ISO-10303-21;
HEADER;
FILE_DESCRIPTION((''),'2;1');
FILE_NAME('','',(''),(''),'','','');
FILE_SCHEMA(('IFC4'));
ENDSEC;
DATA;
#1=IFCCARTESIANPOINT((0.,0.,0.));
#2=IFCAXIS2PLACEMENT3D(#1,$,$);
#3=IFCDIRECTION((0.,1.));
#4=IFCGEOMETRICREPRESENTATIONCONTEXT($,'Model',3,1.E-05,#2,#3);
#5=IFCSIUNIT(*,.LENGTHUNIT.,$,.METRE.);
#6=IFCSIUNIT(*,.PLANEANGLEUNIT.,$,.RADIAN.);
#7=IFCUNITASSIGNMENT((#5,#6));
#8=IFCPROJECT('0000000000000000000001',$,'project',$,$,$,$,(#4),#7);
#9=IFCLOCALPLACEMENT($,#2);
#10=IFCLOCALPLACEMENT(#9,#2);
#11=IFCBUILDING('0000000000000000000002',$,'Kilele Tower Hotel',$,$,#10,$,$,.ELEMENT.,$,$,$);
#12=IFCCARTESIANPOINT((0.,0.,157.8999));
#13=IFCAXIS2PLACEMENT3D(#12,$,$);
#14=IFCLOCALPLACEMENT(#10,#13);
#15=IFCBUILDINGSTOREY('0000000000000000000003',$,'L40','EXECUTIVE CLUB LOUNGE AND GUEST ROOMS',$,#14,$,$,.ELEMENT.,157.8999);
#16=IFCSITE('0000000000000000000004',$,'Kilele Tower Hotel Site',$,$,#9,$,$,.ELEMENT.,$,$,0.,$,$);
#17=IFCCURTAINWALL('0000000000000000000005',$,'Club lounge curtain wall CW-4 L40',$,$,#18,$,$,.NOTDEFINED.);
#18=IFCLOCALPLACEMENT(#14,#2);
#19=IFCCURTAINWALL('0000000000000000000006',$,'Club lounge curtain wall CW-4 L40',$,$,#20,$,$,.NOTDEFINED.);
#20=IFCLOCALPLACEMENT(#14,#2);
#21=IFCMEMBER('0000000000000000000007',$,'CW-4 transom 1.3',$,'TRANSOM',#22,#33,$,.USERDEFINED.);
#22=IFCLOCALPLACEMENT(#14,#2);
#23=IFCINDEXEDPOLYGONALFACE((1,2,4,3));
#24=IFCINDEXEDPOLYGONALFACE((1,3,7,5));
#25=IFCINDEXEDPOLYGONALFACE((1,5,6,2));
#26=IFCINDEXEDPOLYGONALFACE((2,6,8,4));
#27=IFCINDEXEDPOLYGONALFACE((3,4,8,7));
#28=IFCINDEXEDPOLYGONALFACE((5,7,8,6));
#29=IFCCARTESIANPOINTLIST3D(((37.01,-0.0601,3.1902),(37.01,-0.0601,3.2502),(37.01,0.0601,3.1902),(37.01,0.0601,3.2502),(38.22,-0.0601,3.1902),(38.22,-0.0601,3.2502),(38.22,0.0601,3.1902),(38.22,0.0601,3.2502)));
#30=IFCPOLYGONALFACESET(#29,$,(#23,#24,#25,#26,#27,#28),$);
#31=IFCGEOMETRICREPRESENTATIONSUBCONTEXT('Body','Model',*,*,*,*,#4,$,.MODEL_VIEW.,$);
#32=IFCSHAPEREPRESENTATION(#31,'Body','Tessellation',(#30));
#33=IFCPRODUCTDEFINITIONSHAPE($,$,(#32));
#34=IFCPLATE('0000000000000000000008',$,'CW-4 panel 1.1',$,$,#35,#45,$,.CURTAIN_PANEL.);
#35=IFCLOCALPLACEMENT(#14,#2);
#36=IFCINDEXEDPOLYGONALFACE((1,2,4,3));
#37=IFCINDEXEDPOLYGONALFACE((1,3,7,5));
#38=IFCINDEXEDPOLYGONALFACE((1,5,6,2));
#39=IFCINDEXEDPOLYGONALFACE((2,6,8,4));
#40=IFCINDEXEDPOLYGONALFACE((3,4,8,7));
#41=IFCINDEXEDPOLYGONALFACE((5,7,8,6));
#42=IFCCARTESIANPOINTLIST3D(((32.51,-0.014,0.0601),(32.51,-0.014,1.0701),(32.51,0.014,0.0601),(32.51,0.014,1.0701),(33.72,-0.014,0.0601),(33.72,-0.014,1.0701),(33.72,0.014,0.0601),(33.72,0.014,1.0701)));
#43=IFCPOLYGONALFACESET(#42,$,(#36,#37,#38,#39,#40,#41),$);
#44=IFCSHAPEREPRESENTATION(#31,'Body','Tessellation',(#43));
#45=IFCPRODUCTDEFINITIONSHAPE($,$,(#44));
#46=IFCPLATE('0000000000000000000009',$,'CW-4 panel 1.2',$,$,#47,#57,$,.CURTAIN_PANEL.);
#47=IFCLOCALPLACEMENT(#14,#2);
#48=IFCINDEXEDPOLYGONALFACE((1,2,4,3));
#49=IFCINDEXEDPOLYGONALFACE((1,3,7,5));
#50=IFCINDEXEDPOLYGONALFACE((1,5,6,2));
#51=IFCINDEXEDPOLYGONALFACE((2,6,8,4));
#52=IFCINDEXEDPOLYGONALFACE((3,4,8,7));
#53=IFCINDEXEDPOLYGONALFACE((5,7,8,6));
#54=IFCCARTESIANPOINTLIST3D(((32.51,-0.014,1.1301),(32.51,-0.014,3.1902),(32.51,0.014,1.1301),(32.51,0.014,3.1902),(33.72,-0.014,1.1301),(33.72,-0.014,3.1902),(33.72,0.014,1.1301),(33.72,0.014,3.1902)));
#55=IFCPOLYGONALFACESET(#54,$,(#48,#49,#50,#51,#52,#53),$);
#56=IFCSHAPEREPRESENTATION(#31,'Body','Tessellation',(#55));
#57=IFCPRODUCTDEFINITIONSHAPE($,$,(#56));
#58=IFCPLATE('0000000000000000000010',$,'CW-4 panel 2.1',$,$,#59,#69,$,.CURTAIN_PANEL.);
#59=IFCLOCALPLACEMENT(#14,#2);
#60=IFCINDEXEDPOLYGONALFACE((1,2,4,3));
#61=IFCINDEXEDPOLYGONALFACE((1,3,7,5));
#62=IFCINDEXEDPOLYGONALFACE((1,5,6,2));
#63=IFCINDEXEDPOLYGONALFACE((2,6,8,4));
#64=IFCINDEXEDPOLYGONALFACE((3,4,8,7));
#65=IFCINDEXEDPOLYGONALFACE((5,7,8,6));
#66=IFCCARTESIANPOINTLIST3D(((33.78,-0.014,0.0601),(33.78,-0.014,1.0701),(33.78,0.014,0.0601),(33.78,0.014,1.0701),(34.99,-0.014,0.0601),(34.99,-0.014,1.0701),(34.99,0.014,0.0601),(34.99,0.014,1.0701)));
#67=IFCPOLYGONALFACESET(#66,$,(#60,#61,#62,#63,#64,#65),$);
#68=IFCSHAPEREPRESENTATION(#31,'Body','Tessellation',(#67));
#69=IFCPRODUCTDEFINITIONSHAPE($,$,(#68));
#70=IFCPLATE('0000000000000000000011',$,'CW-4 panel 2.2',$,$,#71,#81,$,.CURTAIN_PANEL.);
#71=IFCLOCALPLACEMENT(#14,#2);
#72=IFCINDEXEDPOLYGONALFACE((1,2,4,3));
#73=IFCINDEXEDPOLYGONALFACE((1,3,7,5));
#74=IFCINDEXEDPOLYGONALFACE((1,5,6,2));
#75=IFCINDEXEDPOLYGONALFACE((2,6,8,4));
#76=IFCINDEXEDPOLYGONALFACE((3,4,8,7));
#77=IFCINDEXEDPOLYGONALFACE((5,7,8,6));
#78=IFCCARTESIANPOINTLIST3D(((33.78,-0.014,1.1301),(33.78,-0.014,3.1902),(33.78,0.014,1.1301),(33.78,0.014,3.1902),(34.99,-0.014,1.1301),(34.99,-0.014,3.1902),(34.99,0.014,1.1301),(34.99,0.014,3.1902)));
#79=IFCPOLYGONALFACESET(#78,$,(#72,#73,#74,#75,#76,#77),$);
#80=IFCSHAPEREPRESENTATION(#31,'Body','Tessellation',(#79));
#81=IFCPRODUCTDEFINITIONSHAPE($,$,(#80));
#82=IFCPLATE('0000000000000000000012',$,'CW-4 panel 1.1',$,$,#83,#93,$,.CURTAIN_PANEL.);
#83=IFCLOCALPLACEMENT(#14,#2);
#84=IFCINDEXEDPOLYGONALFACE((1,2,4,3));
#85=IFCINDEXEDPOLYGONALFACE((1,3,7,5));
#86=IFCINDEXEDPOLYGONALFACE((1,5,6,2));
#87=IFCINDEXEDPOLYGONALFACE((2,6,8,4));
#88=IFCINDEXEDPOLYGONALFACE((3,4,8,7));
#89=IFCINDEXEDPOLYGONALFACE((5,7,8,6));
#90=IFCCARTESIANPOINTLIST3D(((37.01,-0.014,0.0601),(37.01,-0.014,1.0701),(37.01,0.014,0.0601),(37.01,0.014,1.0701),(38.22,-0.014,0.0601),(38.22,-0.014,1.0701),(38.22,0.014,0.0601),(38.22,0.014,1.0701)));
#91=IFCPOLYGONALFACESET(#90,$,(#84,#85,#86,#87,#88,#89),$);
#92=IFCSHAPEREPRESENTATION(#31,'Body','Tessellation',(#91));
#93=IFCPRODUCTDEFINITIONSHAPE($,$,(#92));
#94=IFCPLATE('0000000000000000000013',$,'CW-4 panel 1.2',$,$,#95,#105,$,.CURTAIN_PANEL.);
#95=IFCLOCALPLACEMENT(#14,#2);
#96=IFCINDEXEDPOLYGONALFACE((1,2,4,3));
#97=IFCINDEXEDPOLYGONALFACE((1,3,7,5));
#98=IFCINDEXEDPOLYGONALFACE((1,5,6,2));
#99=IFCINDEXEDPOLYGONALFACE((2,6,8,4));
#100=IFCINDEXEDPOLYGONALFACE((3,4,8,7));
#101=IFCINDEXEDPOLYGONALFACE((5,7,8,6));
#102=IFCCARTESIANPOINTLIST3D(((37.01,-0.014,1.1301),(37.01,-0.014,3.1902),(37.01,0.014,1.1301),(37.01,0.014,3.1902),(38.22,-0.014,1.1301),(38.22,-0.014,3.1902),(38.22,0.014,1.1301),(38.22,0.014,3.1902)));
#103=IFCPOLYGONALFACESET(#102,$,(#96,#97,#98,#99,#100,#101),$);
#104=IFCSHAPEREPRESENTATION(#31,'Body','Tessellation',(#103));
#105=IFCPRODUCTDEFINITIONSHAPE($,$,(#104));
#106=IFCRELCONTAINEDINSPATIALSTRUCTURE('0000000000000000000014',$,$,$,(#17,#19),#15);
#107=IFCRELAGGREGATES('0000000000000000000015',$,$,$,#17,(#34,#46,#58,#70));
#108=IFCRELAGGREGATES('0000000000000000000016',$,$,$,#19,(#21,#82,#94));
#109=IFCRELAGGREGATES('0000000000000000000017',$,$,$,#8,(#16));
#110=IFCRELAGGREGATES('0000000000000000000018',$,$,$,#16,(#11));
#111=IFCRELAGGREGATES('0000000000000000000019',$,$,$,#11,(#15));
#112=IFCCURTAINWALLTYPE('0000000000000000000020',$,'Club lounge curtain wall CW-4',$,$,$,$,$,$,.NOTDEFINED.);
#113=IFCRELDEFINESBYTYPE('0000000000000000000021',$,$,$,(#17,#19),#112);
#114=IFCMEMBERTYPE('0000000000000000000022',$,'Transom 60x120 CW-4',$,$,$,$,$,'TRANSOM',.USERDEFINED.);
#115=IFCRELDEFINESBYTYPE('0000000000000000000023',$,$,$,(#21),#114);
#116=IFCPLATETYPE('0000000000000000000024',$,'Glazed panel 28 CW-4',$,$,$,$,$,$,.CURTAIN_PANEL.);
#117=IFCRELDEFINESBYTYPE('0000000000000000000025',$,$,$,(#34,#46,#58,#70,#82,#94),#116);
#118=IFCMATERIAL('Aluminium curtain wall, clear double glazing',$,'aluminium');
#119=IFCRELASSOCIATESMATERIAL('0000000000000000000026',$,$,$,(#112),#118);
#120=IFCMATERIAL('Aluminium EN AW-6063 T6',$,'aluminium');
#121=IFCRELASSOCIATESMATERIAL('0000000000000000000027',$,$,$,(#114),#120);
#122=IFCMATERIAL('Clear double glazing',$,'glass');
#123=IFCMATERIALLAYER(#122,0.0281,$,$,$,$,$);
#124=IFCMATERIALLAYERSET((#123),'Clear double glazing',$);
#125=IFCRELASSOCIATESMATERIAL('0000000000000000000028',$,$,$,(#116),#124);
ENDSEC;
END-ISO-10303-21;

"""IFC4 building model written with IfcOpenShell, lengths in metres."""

from ifc_helpers import new_model, si_unit, direction, frame, origin, origin_2d, place, context, subcontext, project, spatial, rectangle, extrude, material, layer, layer_set, material_profile, profile_set, type_object, element, aggregate, save


model = new_model("IFC4")

# Units and contexts
model_context = context("Model", 3, precision=1e-05, world=origin(), true_north=direction((0.0, 1.0)))
body_context = subcontext(model_context, "Body", "Model", "MODEL_VIEW")
ifc_project = project(units=[si_unit("LENGTHUNIT", "METRE"), si_unit("PLANEANGLEUNIT", "RADIAN")], contexts=[model_context])

# Site, building, storey
site_placement = place(None, origin())
site = spatial("IfcSite", under=ifc_project, at=site_placement, Name="Kilele Tower Hotel Site", CompositionType="ELEMENT", RefElevation=0.0)
building_placement = place(site_placement, origin())
building = spatial("IfcBuilding", under=site, at=building_placement, Name="Kilele Tower Hotel", CompositionType="ELEMENT")
storey_placement = place(building_placement, frame((0.0, 0.0, 157.8999)))
storey = spatial("IfcBuildingStorey", under=building, at=storey_placement, Name="L40", Description="EXECUTIVE CLUB LOUNGE AND GUEST ROOMS", CompositionType="ELEMENT", Elevation=157.8999)

# Curtain wall
ifc_material_1 = material(Name="Aluminium curtain wall, clear double glazing", Category="aluminium")
curtain_wall_type = type_object("IfcCurtainWallType", Name="Club lounge curtain wall CW-4", PredefinedType="NOTDEFINED", material=ifc_material_1)
curtain_wall_1_placement = place(storey_placement, origin())
curtain_wall_1 = element("IfcCurtainWall", 1, at=curtain_wall_1_placement, inside=storey, type_object=curtain_wall_type, Name="Club lounge curtain wall CW-4 L40", PredefinedType="NOTDEFINED")

# Curtain wall
curtain_wall_2_placement = place(storey_placement, origin())
curtain_wall_2 = element("IfcCurtainWall", 2, at=curtain_wall_2_placement, inside=storey, type_object=curtain_wall_type, Name="Club lounge curtain wall CW-4 L40", PredefinedType="NOTDEFINED")

# Member
ifc_material_2 = material(Name="Aluminium EN AW-6063 T6", Category="aluminium")
ifc_material_profile_1 = material_profile(ifc_material_2, rectangle(XDim=0.1201, YDim=0.0601, at=origin_2d()))
ifc_profile_set_1 = profile_set([ifc_material_profile_1], Name="Aluminium EN AW-6063 T6")
member_type_1 = type_object("IfcMemberType", Name="Transom 60x120 CW-4", ElementType="TRANSOM", PredefinedType="USERDEFINED", material=ifc_profile_set_1)
member_1_placement = place(storey_placement, frame((37.01, 0.0, 3.2202), z_axis=(1.0, 0.0, 0.0), x_axis=(0.0, 1.0, 0.0)))
member_1 = element("IfcMember", 3, at=member_1_placement, type_object=member_type_1, Name="CW-4 transom 1.3", ObjectType="TRANSOM", PredefinedType="USERDEFINED", context=body_context, shape_type="SweptSolid", body=[
    extrude(rectangle(XDim=0.1201, YDim=0.0601, at=origin_2d()), origin(), (0.0, 0.0, 1.0), 1.21),
])

# Plates
ifc_material_3 = material(Name="Clear double glazing", Category="glass")
ifc_layer = layer(ifc_material_3, 0.0281)
ifc_layer_set = layer_set([ifc_layer], Name="Clear double glazing")
plate_type = type_object("IfcPlateType", Name="Glazed panel 28 CW-4", PredefinedType="CURTAIN_PANEL", material=ifc_layer_set)
plate_1_placement = place(storey_placement, frame((33.115, 0.0, 0.0601), z_axis=(0.0, 0.0, 1.0), x_axis=(1.0, 0.0, 0.0)))
plate_1 = element("IfcPlate", 4, at=plate_1_placement, type_object=plate_type, Name="CW-4 panel 1.1", PredefinedType="CURTAIN_PANEL", context=body_context, shape_type="SweptSolid", body=[
    extrude(rectangle(XDim=1.21, YDim=0.0281, at=origin_2d()), origin(), (0.0, 0.0, 1.0), 1.01),
])
plate_2_placement = place(storey_placement, frame((33.115, 0.0, 1.1301), z_axis=(0.0, 0.0, 1.0), x_axis=(1.0, 0.0, 0.0)))
plate_2 = element("IfcPlate", 5, at=plate_2_placement, type_object=plate_type, Name="CW-4 panel 1.2", PredefinedType="CURTAIN_PANEL", context=body_context, shape_type="SweptSolid", body=[
    extrude(rectangle(XDim=1.21, YDim=0.0281, at=origin_2d()), origin(), (0.0, 0.0, 1.0), 2.0601),
])
plate_3_placement = place(storey_placement, frame((34.385, 0.0, 0.0601), z_axis=(0.0, 0.0, 1.0), x_axis=(1.0, 0.0, 0.0)))
plate_3 = element("IfcPlate", 6, at=plate_3_placement, type_object=plate_type, Name="CW-4 panel 2.1", PredefinedType="CURTAIN_PANEL", context=body_context, shape_type="SweptSolid", body=[
    extrude(rectangle(XDim=1.21, YDim=0.0281, at=origin_2d()), origin(), (0.0, 0.0, 1.0), 1.01),
])
plate_4_placement = place(storey_placement, frame((34.385, 0.0, 1.1301), z_axis=(0.0, 0.0, 1.0), x_axis=(1.0, 0.0, 0.0)))
plate_4 = element("IfcPlate", 7, at=plate_4_placement, type_object=plate_type, Name="CW-4 panel 2.2", PredefinedType="CURTAIN_PANEL", context=body_context, shape_type="SweptSolid", body=[
    extrude(rectangle(XDim=1.21, YDim=0.0281, at=origin_2d()), origin(), (0.0, 0.0, 1.0), 2.0601),
])
aggregate(curtain_wall_1, [plate_1, plate_2, plate_3, plate_4])
plate_5_placement = place(storey_placement, frame((37.615, 0.0, 0.0601), z_axis=(0.0, 0.0, 1.0), x_axis=(1.0, 0.0, 0.0)))
plate_5 = element("IfcPlate", 8, at=plate_5_placement, type_object=plate_type, Name="CW-4 panel 1.1", PredefinedType="CURTAIN_PANEL", context=body_context, shape_type="SweptSolid", body=[
    extrude(rectangle(XDim=1.21, YDim=0.0281, at=origin_2d()), origin(), (0.0, 0.0, 1.0), 1.01),
])
plate_6_placement = place(storey_placement, frame((37.615, 0.0, 1.1301), z_axis=(0.0, 0.0, 1.0), x_axis=(1.0, 0.0, 0.0)))
plate_6 = element("IfcPlate", 9, at=plate_6_placement, type_object=plate_type, Name="CW-4 panel 1.2", PredefinedType="CURTAIN_PANEL", context=body_context, shape_type="SweptSolid", body=[
    extrude(rectangle(XDim=1.21, YDim=0.0281, at=origin_2d()), origin(), (0.0, 0.0, 1.0), 2.0601),
])
aggregate(curtain_wall_2, [member_1, plate_5, plate_6])

save(model, "model.ifc")
